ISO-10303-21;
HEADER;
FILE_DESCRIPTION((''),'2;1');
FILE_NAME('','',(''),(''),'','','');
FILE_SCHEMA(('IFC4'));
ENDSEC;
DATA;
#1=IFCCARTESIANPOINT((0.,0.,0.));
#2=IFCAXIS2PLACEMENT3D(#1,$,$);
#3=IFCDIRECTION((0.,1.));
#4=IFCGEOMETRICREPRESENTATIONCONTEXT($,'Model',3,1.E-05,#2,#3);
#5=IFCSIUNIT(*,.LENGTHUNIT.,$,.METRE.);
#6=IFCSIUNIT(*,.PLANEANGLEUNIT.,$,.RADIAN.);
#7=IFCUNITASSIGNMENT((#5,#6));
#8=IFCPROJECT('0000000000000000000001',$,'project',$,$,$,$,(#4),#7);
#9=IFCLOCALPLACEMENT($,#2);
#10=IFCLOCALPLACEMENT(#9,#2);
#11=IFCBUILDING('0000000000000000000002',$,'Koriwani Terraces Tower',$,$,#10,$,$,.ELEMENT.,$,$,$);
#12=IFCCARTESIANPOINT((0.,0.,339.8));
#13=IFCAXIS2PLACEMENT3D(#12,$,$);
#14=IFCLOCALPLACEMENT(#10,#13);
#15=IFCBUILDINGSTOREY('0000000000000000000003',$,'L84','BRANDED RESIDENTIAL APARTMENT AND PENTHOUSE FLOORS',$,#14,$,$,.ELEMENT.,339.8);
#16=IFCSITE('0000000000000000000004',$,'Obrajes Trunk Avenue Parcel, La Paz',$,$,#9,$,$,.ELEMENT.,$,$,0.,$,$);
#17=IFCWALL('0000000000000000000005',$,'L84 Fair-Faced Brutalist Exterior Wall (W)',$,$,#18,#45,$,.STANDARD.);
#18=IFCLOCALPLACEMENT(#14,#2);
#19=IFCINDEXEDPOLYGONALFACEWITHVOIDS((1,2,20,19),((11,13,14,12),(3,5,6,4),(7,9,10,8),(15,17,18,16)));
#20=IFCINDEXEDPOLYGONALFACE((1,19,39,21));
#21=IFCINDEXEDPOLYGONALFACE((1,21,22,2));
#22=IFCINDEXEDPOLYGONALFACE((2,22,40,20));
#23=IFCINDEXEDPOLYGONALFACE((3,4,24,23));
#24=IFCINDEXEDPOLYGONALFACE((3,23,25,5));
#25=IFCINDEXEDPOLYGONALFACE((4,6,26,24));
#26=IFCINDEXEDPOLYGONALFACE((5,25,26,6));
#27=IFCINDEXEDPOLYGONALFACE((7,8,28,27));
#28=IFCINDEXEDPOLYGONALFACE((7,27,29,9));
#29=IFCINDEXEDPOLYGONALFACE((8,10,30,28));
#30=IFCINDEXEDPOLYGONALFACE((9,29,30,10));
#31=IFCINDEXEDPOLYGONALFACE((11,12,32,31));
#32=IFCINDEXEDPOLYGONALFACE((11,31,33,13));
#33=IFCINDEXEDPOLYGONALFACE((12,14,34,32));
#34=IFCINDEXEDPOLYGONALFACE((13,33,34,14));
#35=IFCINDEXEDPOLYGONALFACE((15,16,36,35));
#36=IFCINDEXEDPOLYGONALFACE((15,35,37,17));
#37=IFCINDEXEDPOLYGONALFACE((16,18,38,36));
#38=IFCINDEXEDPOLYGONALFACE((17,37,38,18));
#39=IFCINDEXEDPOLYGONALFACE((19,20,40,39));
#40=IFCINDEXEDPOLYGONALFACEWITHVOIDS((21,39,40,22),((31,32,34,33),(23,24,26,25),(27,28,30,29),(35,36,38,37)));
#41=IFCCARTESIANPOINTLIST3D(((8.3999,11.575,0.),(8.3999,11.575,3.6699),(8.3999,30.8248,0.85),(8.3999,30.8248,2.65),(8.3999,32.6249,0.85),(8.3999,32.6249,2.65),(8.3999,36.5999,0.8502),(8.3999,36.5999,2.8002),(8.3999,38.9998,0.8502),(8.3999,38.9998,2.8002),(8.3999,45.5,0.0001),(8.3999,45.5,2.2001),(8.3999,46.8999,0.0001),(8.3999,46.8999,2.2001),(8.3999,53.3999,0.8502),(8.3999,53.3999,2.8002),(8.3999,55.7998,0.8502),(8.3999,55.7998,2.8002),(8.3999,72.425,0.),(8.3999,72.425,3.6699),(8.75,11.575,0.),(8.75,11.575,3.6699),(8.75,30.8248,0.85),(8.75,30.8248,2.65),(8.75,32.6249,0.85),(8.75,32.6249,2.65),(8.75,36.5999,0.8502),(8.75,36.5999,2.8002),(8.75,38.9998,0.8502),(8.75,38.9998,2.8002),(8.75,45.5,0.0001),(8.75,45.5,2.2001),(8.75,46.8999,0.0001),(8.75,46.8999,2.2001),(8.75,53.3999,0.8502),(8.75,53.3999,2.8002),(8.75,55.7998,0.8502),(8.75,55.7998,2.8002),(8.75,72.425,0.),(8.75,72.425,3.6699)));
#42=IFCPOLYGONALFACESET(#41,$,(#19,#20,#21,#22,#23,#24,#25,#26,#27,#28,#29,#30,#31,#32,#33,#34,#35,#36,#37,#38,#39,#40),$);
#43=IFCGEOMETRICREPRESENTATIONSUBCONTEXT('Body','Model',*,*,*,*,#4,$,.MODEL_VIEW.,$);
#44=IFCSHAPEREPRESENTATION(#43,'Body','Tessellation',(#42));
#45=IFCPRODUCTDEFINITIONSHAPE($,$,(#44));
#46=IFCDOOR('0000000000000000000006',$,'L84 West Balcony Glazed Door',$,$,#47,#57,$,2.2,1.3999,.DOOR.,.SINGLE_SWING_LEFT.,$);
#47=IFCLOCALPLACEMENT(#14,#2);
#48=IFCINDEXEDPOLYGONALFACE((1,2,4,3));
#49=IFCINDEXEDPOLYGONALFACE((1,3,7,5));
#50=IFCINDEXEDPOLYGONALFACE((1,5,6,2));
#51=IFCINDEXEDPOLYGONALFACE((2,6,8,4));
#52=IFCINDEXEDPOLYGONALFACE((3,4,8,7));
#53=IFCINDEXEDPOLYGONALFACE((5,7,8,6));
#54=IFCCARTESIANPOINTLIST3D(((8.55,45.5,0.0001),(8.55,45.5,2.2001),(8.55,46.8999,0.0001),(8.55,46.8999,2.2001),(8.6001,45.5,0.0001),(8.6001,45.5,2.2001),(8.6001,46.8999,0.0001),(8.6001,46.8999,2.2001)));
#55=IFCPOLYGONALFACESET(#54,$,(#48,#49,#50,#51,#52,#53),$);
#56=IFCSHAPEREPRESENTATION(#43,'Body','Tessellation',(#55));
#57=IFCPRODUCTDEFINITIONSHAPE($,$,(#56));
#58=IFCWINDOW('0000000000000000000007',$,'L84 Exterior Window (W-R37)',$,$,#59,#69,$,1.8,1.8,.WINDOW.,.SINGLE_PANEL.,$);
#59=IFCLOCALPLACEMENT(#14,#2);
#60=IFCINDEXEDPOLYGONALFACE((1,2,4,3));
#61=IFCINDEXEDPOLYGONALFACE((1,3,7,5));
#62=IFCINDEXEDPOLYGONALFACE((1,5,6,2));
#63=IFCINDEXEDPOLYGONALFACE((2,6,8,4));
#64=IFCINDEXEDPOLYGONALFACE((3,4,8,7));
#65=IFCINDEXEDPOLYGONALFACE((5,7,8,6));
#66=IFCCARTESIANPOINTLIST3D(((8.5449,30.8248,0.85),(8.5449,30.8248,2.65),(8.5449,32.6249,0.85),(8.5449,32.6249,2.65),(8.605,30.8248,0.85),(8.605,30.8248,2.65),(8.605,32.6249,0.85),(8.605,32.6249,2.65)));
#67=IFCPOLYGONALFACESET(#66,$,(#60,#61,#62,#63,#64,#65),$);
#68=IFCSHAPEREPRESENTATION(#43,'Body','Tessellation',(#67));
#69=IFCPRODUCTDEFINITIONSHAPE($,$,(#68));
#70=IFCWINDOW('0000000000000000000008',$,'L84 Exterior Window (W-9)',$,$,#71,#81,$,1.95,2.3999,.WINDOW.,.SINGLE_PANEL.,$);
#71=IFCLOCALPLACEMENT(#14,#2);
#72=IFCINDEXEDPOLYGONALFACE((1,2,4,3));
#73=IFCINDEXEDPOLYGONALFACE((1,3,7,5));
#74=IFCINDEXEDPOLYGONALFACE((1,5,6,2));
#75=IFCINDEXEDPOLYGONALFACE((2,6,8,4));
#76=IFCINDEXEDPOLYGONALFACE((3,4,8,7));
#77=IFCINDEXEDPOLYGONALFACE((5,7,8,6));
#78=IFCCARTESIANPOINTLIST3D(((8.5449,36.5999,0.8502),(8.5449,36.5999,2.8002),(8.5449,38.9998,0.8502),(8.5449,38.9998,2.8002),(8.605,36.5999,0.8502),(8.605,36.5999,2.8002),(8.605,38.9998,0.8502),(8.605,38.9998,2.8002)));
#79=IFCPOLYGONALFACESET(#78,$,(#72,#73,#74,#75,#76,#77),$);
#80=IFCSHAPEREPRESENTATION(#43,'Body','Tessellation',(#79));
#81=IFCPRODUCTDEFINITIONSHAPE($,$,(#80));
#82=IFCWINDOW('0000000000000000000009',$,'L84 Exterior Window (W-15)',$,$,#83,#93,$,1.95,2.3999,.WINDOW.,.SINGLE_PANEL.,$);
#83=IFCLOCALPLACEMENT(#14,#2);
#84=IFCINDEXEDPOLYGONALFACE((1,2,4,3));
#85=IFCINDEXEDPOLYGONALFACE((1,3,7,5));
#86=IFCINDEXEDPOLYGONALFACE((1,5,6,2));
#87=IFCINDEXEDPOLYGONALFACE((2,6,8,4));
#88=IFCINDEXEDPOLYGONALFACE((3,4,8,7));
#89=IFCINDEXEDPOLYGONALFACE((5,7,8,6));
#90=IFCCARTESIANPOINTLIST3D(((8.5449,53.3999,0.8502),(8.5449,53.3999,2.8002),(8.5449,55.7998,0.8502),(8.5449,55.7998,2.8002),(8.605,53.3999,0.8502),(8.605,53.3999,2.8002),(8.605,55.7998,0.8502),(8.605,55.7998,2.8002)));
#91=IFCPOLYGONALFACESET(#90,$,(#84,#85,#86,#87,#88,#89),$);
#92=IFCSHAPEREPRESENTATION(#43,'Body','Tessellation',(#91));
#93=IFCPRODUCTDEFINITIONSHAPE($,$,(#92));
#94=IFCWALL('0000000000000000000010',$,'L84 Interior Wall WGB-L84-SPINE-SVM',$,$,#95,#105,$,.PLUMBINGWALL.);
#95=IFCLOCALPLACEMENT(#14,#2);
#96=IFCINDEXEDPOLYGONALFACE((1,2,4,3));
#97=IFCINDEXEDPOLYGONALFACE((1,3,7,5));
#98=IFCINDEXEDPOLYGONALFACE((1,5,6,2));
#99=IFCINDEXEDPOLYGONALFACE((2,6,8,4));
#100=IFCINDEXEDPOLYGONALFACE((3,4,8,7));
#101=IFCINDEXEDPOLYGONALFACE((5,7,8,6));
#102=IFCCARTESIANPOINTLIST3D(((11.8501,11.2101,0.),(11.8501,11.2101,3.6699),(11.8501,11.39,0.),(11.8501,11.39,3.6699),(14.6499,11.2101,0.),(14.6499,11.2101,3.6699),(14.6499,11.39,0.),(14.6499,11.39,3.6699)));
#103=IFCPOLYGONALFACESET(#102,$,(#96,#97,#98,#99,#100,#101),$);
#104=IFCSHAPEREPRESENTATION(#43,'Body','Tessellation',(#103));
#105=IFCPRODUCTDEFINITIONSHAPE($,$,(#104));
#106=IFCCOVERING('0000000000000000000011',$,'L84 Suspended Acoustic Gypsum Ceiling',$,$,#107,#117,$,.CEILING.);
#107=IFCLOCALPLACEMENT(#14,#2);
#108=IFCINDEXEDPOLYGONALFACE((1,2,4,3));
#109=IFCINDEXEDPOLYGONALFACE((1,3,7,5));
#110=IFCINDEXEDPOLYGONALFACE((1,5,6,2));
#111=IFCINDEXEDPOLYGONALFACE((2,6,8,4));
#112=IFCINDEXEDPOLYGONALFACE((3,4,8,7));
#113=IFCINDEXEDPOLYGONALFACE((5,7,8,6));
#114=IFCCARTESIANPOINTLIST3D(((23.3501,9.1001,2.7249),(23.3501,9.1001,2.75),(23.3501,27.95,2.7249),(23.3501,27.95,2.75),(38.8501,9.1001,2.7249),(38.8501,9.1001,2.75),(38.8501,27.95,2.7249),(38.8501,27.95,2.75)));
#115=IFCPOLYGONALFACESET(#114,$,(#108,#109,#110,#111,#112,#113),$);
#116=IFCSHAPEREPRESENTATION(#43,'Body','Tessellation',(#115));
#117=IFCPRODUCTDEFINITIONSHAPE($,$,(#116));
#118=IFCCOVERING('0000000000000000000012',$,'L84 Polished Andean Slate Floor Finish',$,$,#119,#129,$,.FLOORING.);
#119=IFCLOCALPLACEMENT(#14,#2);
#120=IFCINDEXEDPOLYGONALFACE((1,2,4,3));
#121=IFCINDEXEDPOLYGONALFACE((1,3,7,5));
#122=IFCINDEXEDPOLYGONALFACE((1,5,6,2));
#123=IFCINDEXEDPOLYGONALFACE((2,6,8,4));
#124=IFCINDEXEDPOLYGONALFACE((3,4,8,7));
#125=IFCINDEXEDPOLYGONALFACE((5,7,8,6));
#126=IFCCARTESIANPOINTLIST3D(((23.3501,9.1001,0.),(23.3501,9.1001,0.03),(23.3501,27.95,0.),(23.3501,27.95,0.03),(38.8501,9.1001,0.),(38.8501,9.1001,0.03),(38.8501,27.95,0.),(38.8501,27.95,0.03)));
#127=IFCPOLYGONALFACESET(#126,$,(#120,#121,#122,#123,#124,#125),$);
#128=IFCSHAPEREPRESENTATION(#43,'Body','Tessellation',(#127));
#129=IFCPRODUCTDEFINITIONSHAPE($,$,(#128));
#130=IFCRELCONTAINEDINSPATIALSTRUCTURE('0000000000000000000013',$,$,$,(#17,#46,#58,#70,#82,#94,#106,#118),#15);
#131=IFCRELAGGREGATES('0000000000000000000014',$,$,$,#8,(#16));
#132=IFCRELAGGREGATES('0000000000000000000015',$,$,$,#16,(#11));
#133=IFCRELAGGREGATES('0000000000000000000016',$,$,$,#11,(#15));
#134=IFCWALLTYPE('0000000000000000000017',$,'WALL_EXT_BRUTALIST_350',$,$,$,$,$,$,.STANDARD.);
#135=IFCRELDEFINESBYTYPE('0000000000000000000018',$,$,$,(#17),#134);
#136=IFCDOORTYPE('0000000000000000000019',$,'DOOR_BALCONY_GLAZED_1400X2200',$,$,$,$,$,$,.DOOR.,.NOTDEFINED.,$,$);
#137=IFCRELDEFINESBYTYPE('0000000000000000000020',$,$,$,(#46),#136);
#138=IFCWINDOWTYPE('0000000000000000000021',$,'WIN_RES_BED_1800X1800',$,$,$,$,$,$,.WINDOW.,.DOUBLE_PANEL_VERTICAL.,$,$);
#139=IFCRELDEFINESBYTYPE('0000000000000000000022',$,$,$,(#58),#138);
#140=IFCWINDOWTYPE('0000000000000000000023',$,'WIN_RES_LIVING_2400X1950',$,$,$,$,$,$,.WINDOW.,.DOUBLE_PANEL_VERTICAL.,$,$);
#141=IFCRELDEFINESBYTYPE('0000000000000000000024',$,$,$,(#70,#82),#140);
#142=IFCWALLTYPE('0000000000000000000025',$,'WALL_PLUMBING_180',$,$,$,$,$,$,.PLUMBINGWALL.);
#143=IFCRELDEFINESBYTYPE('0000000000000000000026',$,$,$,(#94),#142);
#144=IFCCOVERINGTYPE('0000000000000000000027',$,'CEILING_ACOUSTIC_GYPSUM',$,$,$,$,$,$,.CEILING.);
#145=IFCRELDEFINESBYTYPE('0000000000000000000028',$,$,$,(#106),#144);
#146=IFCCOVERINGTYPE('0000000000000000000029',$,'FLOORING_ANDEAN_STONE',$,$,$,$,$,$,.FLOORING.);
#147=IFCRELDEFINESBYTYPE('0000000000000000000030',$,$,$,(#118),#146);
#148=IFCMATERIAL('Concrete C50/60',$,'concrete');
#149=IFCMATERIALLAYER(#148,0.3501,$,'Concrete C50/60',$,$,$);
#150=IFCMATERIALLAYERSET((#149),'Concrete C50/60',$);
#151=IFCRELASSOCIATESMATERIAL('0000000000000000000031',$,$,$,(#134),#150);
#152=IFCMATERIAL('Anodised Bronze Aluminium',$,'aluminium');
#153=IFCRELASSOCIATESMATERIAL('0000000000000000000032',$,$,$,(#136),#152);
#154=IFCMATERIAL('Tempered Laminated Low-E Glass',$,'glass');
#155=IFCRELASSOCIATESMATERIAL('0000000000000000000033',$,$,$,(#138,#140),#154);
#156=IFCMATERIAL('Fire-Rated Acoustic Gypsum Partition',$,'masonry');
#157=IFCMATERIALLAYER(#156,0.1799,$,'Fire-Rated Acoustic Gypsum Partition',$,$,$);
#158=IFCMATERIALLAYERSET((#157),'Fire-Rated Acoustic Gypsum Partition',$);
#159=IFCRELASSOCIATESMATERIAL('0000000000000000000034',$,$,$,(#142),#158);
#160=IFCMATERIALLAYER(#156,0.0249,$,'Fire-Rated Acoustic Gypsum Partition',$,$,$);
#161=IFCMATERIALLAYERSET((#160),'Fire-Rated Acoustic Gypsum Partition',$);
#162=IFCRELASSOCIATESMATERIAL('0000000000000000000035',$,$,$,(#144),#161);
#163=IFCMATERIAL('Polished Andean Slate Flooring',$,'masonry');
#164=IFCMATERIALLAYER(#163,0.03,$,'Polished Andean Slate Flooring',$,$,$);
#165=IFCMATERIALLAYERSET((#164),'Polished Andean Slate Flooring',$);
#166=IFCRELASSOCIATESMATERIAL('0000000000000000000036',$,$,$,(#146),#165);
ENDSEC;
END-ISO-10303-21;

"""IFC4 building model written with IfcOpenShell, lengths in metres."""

from ifc_helpers import new_model, si_unit, direction, frame, frame_2d, origin, place, context, subcontext, project, spatial, polyline, rectangle, outline, extrude, material, layer, layer_set, type_object, element, fill, save


model = new_model("IFC4")

# Units and contexts
model_context = context("Model", 3, precision=1e-05, world=origin(), true_north=direction((0.0, 1.0)))
body_context = subcontext(model_context, "Body", "Model", "MODEL_VIEW")
ifc_project = project(units=[si_unit("LENGTHUNIT", "METRE"), si_unit("PLANEANGLEUNIT", "RADIAN")], contexts=[model_context])

# Site, building, storey
site_placement = place(None, origin())
site = spatial("IfcSite", under=ifc_project, at=site_placement, Name="Obrajes Trunk Avenue Parcel, La Paz", CompositionType="ELEMENT", RefElevation=0.0)
building_placement = place(site_placement, origin())
building = spatial("IfcBuilding", under=site, at=building_placement, Name="Koriwani Terraces Tower", CompositionType="ELEMENT")
storey_placement = place(building_placement, frame((0.0, 0.0, 339.8)))
storey = spatial("IfcBuildingStorey", under=building, at=storey_placement, Name="L84", Description="BRANDED RESIDENTIAL APARTMENT AND PENTHOUSE FLOORS", CompositionType="ELEMENT", Elevation=339.8)

# Shared definitions
ifc_material_1 = material(Name="Concrete C50/60", Category="concrete")

# Shared definitions
ifc_layer_1 = layer(ifc_material_1, 0.3501, Name="Concrete C50/60")
ifc_layer_set_1 = layer_set([ifc_layer_1], Name="Concrete C50/60")
wall_type_1 = type_object("IfcWallType", Name="WALL_EXT_BRUTALIST_350", PredefinedType="STANDARD", material=ifc_layer_set_1)

# Wall, openings, door, windows
wall_1_placement = place(storey_placement, frame((8.575, 11.575, 0.0), z_axis=(0.0, 0.0, 1.0), x_axis=(0.0, 1.0, 0.0)))
wall_1 = element("IfcWall", 1, at=wall_1_placement, inside=storey, type_object=wall_type_1, Name="L84 Fair-Faced Brutalist Exterior Wall (W)", PredefinedType="STANDARD", context=body_context, shape_type="SweptSolid", body=[
    extrude(rectangle(XDim=60.8501, YDim=0.3501, at=frame_2d((30.425, 0.0))), origin(), (0.0, 0.0, 1.0), 3.6699),
])
opening_1_placement = place(wall_1_placement, frame((33.925, 0.0, 0.0)))
opening_1 = element("IfcOpeningElement", 2, at=opening_1_placement, cuts=wall_1, PredefinedType="OPENING", context=body_context, shape_type="SweptSolid", body=[
    extrude(rectangle(XDim=1.3999, YDim=2.2, at=frame_2d((0.7, 1.1001))), frame((0.0, 0.1851, 0.0), z_axis=(0.0, -1.0, 0.0), x_axis=(1.0, 0.0, 0.0)), (0.0, 0.0, 1.0), 0.3701),
])
opening_2_placement = place(wall_1_placement, frame((25.0249, 0.0, 0.8501)))
opening_2 = element("IfcOpeningElement", 3, at=opening_2_placement, cuts=wall_1, PredefinedType="OPENING", context=body_context, shape_type="SweptSolid", body=[
    extrude(rectangle(XDim=2.3999, YDim=1.95, at=frame_2d((1.2, 0.9751))), frame((0.0, 0.1851, 0.0), z_axis=(0.0, -1.0, 0.0), x_axis=(1.0, 0.0, 0.0)), (0.0, 0.0, 1.0), 0.3701),
])
opening_3_placement = place(wall_1_placement, frame((41.825, 0.0, 0.8501)))
opening_3 = element("IfcOpeningElement", 4, at=opening_3_placement, cuts=wall_1, PredefinedType="OPENING", context=body_context, shape_type="SweptSolid", body=[
    extrude(rectangle(XDim=2.3999, YDim=1.95, at=frame_2d((1.2, 0.9751))), frame((0.0, 0.1851, 0.0), z_axis=(0.0, -1.0, 0.0), x_axis=(1.0, 0.0, 0.0)), (0.0, 0.0, 1.0), 0.3701),
])
opening_4_placement = place(wall_1_placement, frame((19.25, 0.0, 0.8501)))
opening_4 = element("IfcOpeningElement", 5, at=opening_4_placement, cuts=wall_1, PredefinedType="OPENING", context=body_context, shape_type="SweptSolid", body=[
    extrude(rectangle(XDim=1.8, YDim=1.8, at=frame_2d((0.8999, 0.8999))), frame((0.0, 0.1851, 0.0), z_axis=(0.0, -1.0, 0.0), x_axis=(1.0, 0.0, 0.0)), (0.0, 0.0, 1.0), 0.3701),
])
ifc_material_2 = material(Name="Anodised Bronze Aluminium", Category="aluminium")
door_type = type_object("IfcDoorType", Name="DOOR_BALCONY_GLAZED_1400X2200", OperationType="NOTDEFINED", PredefinedType="DOOR", material=ifc_material_2)
door_placement = place(opening_1_placement, origin())
door = element("IfcDoor", 6, at=door_placement, inside=storey, type_object=door_type, Name="L84 West Balcony Glazed Door", OperationType="SINGLE_SWING_LEFT", OverallHeight=2.2, OverallWidth=1.3999, PredefinedType="DOOR", context=body_context, shape_type="SweptSolid", body=[
    extrude(rectangle(XDim=1.3999, YDim=2.2, at=frame_2d((0.7, 1.1001))), frame((0.0, 0.0249, 0.0), z_axis=(0.0, -1.0, 0.0), x_axis=(1.0, 0.0, 0.0)), (0.0, 0.0, 1.0), 0.05),
])
fill(opening_1, door)
ifc_material_3 = material(Name="Tempered Laminated Low-E Glass", Category="glass")
window_type_1 = type_object("IfcWindowType", Name="WIN_RES_BED_1800X1800", PartitioningType="DOUBLE_PANEL_VERTICAL", PredefinedType="WINDOW", material=ifc_material_3)
window_1_placement = place(opening_4_placement, origin())
window_1 = element("IfcWindow", 7, at=window_1_placement, inside=storey, type_object=window_type_1, Name="L84 Exterior Window (W-R37)", OverallHeight=1.8, OverallWidth=1.8, PartitioningType="SINGLE_PANEL", PredefinedType="WINDOW", context=body_context, shape_type="SweptSolid", body=[
    extrude(rectangle(XDim=1.8, YDim=1.8, at=frame_2d((0.8999, 0.8999))), frame((0.0, 0.03, 0.0), z_axis=(0.0, -1.0, 0.0), x_axis=(1.0, 0.0, 0.0)), (0.0, 0.0, 1.0), 0.0601),
])
fill(opening_4, window_1)
window_type_2 = type_object("IfcWindowType", Name="WIN_RES_LIVING_2400X1950", PartitioningType="DOUBLE_PANEL_VERTICAL", PredefinedType="WINDOW", material=ifc_material_3)
window_2_placement = place(opening_2_placement, origin())
window_2 = element("IfcWindow", 8, at=window_2_placement, inside=storey, type_object=window_type_2, Name="L84 Exterior Window (W-9)", OverallHeight=1.95, OverallWidth=2.3999, PartitioningType="SINGLE_PANEL", PredefinedType="WINDOW", context=body_context, shape_type="SweptSolid", body=[
    extrude(rectangle(XDim=2.3999, YDim=1.95, at=frame_2d((1.2, 0.9751))), frame((0.0, 0.03, 0.0), z_axis=(0.0, -1.0, 0.0), x_axis=(1.0, 0.0, 0.0)), (0.0, 0.0, 1.0), 0.0601),
])
fill(opening_2, window_2)
window_3_placement = place(opening_3_placement, origin())
window_3 = element("IfcWindow", 9, at=window_3_placement, inside=storey, type_object=window_type_2, Name="L84 Exterior Window (W-15)", OverallHeight=1.95, OverallWidth=2.3999, PartitioningType="SINGLE_PANEL", PredefinedType="WINDOW", context=body_context, shape_type="SweptSolid", body=[
    extrude(rectangle(XDim=2.3999, YDim=1.95, at=frame_2d((1.2, 0.9751))), frame((0.0, 0.03, 0.0), z_axis=(0.0, -1.0, 0.0), x_axis=(1.0, 0.0, 0.0)), (0.0, 0.0, 1.0), 0.0601),
])
fill(opening_3, window_3)

# Wall
ifc_material_4 = material(Name="Fire-Rated Acoustic Gypsum Partition", Category="masonry")
ifc_layer_2 = layer(ifc_material_4, 0.1799, Name="Fire-Rated Acoustic Gypsum Partition")
ifc_layer_set_2 = layer_set([ifc_layer_2], Name="Fire-Rated Acoustic Gypsum Partition")
wall_type_2 = type_object("IfcWallType", Name="WALL_PLUMBING_180", PredefinedType="PLUMBINGWALL", material=ifc_layer_set_2)
wall_2_placement = place(storey_placement, frame((11.8501, 11.3, 0.0), z_axis=(0.0, 0.0, 1.0), x_axis=(1.0, 0.0, 0.0)))
element("IfcWall", 10, at=wall_2_placement, inside=storey, type_object=wall_type_2, Name="L84 Interior Wall WGB-L84-SPINE-SVM", PredefinedType="PLUMBINGWALL", context=body_context, shape_type="SweptSolid", body=[
    extrude(rectangle(XDim=2.7998, YDim=0.1799, at=frame_2d((1.3999, 0.0))), origin(), (0.0, 0.0, 1.0), 3.6699),
])

# Coverings
ifc_layer_3 = layer(ifc_material_4, 0.0249, Name="Fire-Rated Acoustic Gypsum Partition")
ifc_layer_set_3 = layer_set([ifc_layer_3], Name="Fire-Rated Acoustic Gypsum Partition")
covering_type_1 = type_object("IfcCoveringType", Name="CEILING_ACOUSTIC_GYPSUM", PredefinedType="CEILING", material=ifc_layer_set_3)
covering_1_placement = place(storey_placement, frame((0.0, 0.0, 2.7249)))
element("IfcCovering", 11, at=covering_1_placement, inside=storey, type_object=covering_type_1, Name="L84 Suspended Acoustic Gypsum Ceiling", PredefinedType="CEILING", context=body_context, shape_type="SweptSolid", body=[
    extrude(outline(polyline([(23.3501, 9.1001), (23.3501, 27.95), (38.8501, 27.95), (38.8501, 9.1001), (23.3501, 9.1001)])), origin(), (0.0, 0.0, 1.0), 0.0251),
])
ifc_material_5 = material(Name="Polished Andean Slate Flooring", Category="masonry")
ifc_layer_4 = layer(ifc_material_5, 0.03, Name="Polished Andean Slate Flooring")
ifc_layer_set_4 = layer_set([ifc_layer_4], Name="Polished Andean Slate Flooring")
covering_type_2 = type_object("IfcCoveringType", Name="FLOORING_ANDEAN_STONE", PredefinedType="FLOORING", material=ifc_layer_set_4)
covering_2_placement = place(storey_placement, origin())
element("IfcCovering", 12, at=covering_2_placement, inside=storey, type_object=covering_type_2, Name="L84 Polished Andean Slate Floor Finish", PredefinedType="FLOORING", context=body_context, shape_type="SweptSolid", body=[
    extrude(outline(polyline([(23.3501, 9.1001), (23.3501, 27.95), (38.8501, 27.95), (38.8501, 9.1001), (23.3501, 9.1001)])), origin(), (0.0, 0.0, 1.0), 0.03),
])

save(model, "model.ifc")
